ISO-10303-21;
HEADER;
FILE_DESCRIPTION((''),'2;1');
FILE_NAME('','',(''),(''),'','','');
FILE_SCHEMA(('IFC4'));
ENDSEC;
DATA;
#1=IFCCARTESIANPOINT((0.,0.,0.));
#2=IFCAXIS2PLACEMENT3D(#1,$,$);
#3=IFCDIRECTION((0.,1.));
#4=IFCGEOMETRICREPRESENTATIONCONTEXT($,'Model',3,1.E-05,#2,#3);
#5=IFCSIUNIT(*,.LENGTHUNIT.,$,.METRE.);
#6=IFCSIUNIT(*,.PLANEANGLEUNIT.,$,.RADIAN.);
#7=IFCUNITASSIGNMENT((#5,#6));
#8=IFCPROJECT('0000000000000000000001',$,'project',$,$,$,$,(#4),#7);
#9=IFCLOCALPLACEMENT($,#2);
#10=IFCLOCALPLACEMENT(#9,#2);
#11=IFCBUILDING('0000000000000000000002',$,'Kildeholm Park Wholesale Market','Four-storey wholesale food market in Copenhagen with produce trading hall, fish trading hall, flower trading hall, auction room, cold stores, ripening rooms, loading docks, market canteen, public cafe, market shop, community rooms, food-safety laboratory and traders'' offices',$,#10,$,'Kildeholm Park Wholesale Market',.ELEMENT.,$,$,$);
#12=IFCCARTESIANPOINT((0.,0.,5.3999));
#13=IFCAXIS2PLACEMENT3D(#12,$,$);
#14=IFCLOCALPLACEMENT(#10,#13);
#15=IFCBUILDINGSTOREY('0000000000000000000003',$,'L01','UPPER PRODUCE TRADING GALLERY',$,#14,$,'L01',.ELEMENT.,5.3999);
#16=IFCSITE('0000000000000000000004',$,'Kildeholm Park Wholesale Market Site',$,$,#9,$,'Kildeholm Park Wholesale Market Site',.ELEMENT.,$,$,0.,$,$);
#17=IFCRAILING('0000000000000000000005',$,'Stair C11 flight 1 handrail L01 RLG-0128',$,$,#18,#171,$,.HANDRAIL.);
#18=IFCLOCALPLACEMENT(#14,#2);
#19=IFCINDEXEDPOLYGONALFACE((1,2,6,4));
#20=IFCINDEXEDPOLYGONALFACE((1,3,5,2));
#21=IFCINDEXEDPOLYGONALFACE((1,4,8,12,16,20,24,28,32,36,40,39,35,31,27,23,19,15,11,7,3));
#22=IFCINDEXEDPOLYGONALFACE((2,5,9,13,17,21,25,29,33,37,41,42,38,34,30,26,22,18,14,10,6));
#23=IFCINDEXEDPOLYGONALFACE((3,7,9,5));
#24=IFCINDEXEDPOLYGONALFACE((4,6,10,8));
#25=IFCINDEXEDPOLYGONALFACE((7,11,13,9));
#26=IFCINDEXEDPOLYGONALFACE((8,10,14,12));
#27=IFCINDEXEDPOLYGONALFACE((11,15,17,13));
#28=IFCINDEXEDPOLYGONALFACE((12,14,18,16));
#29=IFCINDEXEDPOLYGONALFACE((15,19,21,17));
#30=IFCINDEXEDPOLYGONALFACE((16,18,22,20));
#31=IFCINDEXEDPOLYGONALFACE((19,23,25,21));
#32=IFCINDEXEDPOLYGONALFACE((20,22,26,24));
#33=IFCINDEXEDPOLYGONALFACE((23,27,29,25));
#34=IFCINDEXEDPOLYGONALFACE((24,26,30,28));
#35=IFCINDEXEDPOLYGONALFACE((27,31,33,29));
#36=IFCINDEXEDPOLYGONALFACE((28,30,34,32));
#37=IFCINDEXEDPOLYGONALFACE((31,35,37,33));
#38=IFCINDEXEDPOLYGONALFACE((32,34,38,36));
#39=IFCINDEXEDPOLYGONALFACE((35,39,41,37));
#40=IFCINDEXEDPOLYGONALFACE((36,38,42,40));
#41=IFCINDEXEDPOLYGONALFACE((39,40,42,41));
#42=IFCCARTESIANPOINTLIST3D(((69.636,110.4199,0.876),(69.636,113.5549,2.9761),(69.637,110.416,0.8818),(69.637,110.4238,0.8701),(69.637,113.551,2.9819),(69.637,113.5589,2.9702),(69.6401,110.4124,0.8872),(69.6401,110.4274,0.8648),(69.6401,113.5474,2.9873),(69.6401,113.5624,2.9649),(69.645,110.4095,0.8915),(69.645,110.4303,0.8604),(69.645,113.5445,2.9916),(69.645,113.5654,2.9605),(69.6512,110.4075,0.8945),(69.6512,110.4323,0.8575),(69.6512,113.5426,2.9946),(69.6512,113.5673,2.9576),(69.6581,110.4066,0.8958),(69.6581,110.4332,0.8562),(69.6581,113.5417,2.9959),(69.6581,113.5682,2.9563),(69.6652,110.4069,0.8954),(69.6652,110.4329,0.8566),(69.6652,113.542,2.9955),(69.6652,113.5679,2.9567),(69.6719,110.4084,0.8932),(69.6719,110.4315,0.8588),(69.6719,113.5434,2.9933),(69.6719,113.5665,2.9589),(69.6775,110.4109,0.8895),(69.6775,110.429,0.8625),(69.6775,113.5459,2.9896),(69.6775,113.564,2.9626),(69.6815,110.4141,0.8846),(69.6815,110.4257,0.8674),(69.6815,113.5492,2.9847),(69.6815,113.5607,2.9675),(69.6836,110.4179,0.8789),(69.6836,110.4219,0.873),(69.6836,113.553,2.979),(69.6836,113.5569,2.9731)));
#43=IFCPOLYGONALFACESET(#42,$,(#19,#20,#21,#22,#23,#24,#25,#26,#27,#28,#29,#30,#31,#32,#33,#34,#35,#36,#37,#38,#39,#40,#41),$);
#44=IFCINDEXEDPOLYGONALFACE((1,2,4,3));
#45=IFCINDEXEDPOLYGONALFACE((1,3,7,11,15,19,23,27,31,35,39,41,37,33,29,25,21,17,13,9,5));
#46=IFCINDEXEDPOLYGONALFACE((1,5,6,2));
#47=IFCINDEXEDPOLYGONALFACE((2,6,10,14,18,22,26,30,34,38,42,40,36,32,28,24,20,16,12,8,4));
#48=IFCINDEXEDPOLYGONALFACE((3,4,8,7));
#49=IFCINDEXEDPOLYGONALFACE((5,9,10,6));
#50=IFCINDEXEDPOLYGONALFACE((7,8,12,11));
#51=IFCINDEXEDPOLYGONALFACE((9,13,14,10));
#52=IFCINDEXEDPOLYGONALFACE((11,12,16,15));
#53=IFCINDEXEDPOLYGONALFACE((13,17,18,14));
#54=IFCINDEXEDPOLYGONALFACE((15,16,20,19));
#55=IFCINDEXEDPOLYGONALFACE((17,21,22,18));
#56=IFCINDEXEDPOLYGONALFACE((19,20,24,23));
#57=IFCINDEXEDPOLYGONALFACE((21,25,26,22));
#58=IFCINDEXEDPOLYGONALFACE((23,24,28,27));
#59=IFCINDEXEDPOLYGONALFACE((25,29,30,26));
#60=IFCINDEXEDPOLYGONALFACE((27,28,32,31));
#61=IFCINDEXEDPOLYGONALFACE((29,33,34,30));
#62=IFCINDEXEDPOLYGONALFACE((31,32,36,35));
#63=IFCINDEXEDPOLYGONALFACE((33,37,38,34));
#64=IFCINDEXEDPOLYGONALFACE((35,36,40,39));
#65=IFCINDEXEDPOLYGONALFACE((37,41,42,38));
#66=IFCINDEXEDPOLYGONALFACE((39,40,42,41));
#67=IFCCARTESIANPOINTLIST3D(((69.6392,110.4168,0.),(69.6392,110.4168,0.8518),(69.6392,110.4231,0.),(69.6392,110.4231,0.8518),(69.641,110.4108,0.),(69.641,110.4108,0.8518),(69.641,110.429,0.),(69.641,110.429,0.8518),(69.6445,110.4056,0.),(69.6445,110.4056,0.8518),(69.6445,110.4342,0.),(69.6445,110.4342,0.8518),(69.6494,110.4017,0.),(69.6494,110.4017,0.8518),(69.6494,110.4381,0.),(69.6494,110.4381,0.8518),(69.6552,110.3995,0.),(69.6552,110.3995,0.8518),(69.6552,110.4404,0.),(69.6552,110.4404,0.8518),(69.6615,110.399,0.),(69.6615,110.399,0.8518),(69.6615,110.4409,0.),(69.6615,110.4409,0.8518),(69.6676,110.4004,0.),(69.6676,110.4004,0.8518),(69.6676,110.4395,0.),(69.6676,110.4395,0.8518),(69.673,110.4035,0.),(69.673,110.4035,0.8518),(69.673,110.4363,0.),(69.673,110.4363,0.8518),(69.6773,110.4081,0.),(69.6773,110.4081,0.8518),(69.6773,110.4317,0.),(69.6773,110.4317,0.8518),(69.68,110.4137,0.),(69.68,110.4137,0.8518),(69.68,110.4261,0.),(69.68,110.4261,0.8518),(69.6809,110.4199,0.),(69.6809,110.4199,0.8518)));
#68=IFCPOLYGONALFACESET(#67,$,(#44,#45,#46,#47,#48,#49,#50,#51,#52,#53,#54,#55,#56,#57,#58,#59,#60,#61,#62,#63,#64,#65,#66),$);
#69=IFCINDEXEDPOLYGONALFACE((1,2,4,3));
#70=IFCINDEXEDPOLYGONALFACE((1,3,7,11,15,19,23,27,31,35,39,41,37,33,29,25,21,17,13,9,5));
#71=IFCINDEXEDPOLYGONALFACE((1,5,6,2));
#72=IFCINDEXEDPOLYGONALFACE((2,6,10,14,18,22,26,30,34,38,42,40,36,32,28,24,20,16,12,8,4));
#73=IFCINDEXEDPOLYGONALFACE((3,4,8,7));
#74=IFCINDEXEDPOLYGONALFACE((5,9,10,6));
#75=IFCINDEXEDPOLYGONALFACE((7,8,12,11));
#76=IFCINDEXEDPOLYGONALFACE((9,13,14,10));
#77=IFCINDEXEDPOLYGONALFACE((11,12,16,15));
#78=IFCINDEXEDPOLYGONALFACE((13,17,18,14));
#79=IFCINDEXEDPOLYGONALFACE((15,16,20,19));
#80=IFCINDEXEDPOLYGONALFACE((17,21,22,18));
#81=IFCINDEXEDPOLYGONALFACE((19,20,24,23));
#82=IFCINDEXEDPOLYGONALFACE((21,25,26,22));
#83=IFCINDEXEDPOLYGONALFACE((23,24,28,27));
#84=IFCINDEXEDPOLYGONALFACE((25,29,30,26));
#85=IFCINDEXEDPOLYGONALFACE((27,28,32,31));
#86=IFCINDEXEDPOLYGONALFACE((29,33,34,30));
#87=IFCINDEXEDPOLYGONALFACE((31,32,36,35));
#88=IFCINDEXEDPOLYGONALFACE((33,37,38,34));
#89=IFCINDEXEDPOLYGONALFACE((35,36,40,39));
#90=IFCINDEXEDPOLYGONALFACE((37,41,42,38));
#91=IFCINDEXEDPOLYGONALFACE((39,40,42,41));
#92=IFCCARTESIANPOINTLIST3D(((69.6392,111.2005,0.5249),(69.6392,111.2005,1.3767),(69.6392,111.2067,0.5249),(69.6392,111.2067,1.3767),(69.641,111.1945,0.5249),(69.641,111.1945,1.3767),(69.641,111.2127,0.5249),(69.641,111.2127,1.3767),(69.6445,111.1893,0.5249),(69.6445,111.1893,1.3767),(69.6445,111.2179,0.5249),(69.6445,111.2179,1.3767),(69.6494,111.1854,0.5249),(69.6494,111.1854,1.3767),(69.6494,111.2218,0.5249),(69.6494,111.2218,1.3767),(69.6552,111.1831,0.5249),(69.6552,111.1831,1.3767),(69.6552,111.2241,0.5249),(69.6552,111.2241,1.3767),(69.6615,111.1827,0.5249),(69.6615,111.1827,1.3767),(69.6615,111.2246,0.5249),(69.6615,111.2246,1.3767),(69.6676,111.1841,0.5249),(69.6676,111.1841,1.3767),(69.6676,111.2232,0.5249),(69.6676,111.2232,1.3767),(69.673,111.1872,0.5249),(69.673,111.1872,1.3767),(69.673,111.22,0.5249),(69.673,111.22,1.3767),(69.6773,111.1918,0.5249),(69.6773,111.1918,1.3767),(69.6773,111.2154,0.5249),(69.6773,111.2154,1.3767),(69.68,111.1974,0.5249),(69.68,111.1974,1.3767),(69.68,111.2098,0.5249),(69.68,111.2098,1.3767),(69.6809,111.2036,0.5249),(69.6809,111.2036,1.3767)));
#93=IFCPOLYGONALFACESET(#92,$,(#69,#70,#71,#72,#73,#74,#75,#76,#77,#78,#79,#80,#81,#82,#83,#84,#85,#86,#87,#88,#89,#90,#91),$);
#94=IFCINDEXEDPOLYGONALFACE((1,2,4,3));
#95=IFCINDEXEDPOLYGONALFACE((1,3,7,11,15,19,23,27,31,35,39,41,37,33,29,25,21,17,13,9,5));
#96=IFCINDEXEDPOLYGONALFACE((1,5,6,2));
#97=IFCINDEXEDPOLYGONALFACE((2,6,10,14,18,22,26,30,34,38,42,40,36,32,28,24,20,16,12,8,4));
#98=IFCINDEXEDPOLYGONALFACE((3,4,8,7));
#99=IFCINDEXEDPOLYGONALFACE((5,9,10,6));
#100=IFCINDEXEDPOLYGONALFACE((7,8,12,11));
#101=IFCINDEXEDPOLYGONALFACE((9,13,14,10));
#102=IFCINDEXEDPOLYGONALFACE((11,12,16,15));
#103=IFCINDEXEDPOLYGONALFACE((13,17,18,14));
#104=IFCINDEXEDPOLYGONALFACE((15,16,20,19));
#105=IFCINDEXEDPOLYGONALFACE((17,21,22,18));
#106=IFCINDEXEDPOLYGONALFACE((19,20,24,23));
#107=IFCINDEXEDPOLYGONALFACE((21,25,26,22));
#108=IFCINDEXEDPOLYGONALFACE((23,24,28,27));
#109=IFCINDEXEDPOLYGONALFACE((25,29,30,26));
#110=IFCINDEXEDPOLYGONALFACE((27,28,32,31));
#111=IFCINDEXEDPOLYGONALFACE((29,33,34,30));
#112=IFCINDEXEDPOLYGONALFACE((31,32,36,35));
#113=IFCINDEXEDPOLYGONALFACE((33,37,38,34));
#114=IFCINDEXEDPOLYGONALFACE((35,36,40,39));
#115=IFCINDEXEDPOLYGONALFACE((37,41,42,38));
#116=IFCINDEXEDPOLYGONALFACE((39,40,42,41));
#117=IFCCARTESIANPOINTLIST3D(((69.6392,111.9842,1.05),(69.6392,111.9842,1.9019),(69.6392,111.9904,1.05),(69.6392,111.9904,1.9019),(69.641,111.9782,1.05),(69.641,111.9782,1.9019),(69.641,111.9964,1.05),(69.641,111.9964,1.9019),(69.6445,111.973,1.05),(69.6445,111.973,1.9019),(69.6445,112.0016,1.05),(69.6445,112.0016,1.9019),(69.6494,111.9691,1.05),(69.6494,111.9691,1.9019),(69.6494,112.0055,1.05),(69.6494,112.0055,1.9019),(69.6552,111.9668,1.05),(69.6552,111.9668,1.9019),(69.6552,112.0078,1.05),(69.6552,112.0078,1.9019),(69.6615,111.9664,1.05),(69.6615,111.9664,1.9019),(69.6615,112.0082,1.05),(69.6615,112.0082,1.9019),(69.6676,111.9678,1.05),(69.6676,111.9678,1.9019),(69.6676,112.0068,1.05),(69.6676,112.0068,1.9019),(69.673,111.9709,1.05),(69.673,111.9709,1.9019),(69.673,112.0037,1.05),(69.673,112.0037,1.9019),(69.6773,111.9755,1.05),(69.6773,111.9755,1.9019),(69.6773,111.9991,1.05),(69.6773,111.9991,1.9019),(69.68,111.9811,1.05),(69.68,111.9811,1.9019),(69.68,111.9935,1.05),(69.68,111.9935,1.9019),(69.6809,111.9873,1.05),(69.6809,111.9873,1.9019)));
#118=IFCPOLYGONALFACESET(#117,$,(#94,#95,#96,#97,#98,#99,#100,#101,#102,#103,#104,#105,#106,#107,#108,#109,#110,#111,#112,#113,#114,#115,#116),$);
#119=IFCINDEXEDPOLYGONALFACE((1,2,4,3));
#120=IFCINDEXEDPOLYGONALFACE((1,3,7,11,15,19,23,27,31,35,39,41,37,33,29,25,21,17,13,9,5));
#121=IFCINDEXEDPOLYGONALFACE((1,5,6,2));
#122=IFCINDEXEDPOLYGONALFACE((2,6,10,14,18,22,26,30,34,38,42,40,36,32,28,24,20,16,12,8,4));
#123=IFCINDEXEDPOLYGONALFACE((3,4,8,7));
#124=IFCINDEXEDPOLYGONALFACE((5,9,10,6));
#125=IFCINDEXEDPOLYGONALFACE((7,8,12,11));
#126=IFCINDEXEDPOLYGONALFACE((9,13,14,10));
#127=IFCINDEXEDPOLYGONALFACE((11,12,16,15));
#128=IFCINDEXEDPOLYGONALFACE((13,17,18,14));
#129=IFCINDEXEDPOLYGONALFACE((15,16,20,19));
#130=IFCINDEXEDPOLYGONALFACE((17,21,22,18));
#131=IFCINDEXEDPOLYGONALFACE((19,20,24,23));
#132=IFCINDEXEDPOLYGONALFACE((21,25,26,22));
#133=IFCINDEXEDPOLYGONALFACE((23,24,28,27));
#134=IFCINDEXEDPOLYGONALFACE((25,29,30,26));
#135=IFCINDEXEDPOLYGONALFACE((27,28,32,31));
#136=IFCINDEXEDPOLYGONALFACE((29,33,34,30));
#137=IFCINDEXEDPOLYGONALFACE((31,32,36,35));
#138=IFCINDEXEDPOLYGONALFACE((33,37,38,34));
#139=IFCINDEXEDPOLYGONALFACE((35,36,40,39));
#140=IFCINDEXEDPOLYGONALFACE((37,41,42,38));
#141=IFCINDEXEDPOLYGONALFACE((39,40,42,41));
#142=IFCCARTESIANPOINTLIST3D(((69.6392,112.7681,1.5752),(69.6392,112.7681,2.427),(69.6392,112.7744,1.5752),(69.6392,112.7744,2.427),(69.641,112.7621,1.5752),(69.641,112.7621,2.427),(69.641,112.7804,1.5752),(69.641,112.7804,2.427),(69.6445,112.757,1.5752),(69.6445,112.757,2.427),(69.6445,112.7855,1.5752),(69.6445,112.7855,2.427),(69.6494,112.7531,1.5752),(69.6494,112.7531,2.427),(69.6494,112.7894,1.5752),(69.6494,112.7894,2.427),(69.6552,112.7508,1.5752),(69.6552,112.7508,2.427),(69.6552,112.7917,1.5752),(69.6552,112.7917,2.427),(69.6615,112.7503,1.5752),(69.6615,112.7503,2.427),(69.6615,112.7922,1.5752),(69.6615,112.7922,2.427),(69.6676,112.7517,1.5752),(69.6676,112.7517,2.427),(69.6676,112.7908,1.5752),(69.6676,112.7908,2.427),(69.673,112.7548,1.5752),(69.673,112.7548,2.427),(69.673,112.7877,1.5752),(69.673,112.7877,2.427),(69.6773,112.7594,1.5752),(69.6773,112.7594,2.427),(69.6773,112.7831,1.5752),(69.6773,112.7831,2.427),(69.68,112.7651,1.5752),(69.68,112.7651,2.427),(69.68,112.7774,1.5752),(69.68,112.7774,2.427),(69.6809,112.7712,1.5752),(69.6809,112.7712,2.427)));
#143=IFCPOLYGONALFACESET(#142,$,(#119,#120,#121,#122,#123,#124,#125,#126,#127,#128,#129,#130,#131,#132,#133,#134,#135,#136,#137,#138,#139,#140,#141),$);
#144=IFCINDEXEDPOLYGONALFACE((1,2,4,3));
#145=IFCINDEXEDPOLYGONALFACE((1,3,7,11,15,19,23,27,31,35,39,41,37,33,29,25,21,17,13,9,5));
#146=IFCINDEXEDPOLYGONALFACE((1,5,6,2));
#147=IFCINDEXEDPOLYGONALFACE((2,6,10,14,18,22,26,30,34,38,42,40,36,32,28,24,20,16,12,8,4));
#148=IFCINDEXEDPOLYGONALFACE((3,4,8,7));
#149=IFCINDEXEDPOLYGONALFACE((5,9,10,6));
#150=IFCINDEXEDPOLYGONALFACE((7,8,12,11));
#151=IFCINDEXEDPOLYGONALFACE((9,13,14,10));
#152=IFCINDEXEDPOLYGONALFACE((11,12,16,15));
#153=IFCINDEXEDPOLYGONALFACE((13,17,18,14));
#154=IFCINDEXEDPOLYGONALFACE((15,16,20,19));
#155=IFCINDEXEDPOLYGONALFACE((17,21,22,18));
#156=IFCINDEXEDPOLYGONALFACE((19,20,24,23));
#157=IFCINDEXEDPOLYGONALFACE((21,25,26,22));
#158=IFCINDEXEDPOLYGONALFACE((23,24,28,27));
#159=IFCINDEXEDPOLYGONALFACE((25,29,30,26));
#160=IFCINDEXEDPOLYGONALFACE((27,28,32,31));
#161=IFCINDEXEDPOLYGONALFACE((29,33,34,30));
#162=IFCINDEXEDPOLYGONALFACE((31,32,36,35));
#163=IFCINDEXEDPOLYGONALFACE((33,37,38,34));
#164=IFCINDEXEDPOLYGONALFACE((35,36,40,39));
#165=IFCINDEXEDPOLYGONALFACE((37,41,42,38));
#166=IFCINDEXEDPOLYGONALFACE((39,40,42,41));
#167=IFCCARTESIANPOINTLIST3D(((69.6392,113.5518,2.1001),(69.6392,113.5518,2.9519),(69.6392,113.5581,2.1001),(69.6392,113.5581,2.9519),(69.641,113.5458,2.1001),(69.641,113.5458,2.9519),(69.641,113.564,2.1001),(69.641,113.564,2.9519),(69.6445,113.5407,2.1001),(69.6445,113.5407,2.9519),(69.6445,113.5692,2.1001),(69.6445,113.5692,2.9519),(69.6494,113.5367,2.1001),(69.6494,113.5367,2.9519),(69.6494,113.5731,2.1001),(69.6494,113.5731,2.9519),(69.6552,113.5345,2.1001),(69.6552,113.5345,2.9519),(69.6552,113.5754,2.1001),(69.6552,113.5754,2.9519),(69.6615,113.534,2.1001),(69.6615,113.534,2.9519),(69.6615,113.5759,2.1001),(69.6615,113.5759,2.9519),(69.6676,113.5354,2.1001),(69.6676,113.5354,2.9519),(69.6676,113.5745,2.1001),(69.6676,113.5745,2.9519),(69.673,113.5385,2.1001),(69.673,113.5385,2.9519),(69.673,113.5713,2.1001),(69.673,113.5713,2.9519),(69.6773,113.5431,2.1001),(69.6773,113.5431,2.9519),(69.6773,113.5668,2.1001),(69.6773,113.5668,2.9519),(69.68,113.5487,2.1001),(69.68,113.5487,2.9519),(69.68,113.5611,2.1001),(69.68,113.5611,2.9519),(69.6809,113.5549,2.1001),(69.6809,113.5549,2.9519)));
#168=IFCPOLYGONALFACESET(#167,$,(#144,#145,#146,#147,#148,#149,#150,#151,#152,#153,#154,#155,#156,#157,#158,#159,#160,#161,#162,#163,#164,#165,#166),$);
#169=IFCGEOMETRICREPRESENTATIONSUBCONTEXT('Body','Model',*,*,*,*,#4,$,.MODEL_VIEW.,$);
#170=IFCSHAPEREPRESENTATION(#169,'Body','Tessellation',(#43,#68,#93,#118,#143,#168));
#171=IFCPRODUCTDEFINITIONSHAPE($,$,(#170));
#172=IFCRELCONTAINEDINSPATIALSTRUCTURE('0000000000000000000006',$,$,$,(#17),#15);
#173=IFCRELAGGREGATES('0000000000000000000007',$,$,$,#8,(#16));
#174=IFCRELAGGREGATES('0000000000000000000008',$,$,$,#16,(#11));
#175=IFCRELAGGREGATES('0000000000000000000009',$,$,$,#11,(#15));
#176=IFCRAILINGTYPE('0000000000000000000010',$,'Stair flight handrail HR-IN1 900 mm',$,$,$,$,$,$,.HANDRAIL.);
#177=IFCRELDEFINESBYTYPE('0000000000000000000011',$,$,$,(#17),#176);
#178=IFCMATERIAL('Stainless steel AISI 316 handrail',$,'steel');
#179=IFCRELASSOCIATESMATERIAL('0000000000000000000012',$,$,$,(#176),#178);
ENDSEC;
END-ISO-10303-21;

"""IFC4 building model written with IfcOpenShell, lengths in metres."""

from ifc_helpers import new_model, si_unit, direction, frame, origin, origin_2d, place, context, subcontext, project, spatial, circle, extrude, material, type_object, element, save


model = new_model("IFC4")

# Units and contexts
model_context = context("Model", 3, precision=1e-05, world=origin(), true_north=direction((0.0, 1.0)))
body_context = subcontext(model_context, "Body", "Model", "MODEL_VIEW")
ifc_project = project(units=[si_unit("LENGTHUNIT", "METRE"), si_unit("PLANEANGLEUNIT", "RADIAN")], contexts=[model_context])

# Site, building, storey
site_placement = place(None, origin())
site = spatial("IfcSite", under=ifc_project, at=site_placement, Name="Kildeholm Park Wholesale Market Site", LongName="Kildeholm Park Wholesale Market Site", CompositionType="ELEMENT", RefElevation=0.0)
building_placement = place(site_placement, origin())
building = spatial("IfcBuilding", under=site, at=building_placement, Name="Kildeholm Park Wholesale Market", Description="Four-storey wholesale food market in Copenhagen with produce trading hall, fish trading hall, flower trading hall, auction room, cold stores, ripening rooms, loading docks, market canteen, public cafe, market shop, community rooms, food-safety laboratory and traders' offices", LongName="Kildeholm Park Wholesale Market", CompositionType="ELEMENT")
storey_placement = place(building_placement, frame((0.0, 0.0, 5.3999)))
storey = spatial("IfcBuildingStorey", under=building, at=storey_placement, Name="L01", Description="UPPER PRODUCE TRADING GALLERY", LongName="L01", CompositionType="ELEMENT", Elevation=5.3999)

# Railing
ifc_material_1 = material(Name="Stainless steel AISI 316 handrail", Category="steel")
railing_type_1 = type_object("IfcRailingType", Name="Stair flight handrail HR-IN1 900 mm", PredefinedType="HANDRAIL", material=ifc_material_1)
railing_1_placement = place(storey_placement, frame((69.6599, 110.4199, 0.0)))
element("IfcRailing", 1, at=railing_1_placement, inside=storey, type_object=railing_type_1, Name="Stair C11 flight 1 handrail L01 RLG-0128", PredefinedType="HANDRAIL", context=body_context, shape_type="SweptSolid", body=[
    extrude(circle(Radius=0.0239, at=origin_2d()), frame((0.0, 0.0, 0.876), z_axis=(0.0, 0.830814, 0.55655), x_axis=(-1.0, 0.0, 0.0)), (0.0, 0.0, 1.0), 3.7734),
    extrude(circle(Radius=0.021, at=origin_2d()), origin(), (0.0, 0.0, 1.0), 0.8518),
    extrude(circle(Radius=0.021, at=origin_2d()), frame((0.0, 0.7837, 0.5249)), (0.0, 0.0, 1.0), 0.8518),
    extrude(circle(Radius=0.021, at=origin_2d()), frame((0.0, 1.5674, 1.05)), (0.0, 0.0, 1.0), 0.8518),
    extrude(circle(Radius=0.021, at=origin_2d()), frame((0.0, 2.3513, 1.5752)), (0.0, 0.0, 1.0), 0.8518),
    extrude(circle(Radius=0.021, at=origin_2d()), frame((0.0, 3.135, 2.1001)), (0.0, 0.0, 1.0), 0.8518),
])

save(model, "model.ifc")
